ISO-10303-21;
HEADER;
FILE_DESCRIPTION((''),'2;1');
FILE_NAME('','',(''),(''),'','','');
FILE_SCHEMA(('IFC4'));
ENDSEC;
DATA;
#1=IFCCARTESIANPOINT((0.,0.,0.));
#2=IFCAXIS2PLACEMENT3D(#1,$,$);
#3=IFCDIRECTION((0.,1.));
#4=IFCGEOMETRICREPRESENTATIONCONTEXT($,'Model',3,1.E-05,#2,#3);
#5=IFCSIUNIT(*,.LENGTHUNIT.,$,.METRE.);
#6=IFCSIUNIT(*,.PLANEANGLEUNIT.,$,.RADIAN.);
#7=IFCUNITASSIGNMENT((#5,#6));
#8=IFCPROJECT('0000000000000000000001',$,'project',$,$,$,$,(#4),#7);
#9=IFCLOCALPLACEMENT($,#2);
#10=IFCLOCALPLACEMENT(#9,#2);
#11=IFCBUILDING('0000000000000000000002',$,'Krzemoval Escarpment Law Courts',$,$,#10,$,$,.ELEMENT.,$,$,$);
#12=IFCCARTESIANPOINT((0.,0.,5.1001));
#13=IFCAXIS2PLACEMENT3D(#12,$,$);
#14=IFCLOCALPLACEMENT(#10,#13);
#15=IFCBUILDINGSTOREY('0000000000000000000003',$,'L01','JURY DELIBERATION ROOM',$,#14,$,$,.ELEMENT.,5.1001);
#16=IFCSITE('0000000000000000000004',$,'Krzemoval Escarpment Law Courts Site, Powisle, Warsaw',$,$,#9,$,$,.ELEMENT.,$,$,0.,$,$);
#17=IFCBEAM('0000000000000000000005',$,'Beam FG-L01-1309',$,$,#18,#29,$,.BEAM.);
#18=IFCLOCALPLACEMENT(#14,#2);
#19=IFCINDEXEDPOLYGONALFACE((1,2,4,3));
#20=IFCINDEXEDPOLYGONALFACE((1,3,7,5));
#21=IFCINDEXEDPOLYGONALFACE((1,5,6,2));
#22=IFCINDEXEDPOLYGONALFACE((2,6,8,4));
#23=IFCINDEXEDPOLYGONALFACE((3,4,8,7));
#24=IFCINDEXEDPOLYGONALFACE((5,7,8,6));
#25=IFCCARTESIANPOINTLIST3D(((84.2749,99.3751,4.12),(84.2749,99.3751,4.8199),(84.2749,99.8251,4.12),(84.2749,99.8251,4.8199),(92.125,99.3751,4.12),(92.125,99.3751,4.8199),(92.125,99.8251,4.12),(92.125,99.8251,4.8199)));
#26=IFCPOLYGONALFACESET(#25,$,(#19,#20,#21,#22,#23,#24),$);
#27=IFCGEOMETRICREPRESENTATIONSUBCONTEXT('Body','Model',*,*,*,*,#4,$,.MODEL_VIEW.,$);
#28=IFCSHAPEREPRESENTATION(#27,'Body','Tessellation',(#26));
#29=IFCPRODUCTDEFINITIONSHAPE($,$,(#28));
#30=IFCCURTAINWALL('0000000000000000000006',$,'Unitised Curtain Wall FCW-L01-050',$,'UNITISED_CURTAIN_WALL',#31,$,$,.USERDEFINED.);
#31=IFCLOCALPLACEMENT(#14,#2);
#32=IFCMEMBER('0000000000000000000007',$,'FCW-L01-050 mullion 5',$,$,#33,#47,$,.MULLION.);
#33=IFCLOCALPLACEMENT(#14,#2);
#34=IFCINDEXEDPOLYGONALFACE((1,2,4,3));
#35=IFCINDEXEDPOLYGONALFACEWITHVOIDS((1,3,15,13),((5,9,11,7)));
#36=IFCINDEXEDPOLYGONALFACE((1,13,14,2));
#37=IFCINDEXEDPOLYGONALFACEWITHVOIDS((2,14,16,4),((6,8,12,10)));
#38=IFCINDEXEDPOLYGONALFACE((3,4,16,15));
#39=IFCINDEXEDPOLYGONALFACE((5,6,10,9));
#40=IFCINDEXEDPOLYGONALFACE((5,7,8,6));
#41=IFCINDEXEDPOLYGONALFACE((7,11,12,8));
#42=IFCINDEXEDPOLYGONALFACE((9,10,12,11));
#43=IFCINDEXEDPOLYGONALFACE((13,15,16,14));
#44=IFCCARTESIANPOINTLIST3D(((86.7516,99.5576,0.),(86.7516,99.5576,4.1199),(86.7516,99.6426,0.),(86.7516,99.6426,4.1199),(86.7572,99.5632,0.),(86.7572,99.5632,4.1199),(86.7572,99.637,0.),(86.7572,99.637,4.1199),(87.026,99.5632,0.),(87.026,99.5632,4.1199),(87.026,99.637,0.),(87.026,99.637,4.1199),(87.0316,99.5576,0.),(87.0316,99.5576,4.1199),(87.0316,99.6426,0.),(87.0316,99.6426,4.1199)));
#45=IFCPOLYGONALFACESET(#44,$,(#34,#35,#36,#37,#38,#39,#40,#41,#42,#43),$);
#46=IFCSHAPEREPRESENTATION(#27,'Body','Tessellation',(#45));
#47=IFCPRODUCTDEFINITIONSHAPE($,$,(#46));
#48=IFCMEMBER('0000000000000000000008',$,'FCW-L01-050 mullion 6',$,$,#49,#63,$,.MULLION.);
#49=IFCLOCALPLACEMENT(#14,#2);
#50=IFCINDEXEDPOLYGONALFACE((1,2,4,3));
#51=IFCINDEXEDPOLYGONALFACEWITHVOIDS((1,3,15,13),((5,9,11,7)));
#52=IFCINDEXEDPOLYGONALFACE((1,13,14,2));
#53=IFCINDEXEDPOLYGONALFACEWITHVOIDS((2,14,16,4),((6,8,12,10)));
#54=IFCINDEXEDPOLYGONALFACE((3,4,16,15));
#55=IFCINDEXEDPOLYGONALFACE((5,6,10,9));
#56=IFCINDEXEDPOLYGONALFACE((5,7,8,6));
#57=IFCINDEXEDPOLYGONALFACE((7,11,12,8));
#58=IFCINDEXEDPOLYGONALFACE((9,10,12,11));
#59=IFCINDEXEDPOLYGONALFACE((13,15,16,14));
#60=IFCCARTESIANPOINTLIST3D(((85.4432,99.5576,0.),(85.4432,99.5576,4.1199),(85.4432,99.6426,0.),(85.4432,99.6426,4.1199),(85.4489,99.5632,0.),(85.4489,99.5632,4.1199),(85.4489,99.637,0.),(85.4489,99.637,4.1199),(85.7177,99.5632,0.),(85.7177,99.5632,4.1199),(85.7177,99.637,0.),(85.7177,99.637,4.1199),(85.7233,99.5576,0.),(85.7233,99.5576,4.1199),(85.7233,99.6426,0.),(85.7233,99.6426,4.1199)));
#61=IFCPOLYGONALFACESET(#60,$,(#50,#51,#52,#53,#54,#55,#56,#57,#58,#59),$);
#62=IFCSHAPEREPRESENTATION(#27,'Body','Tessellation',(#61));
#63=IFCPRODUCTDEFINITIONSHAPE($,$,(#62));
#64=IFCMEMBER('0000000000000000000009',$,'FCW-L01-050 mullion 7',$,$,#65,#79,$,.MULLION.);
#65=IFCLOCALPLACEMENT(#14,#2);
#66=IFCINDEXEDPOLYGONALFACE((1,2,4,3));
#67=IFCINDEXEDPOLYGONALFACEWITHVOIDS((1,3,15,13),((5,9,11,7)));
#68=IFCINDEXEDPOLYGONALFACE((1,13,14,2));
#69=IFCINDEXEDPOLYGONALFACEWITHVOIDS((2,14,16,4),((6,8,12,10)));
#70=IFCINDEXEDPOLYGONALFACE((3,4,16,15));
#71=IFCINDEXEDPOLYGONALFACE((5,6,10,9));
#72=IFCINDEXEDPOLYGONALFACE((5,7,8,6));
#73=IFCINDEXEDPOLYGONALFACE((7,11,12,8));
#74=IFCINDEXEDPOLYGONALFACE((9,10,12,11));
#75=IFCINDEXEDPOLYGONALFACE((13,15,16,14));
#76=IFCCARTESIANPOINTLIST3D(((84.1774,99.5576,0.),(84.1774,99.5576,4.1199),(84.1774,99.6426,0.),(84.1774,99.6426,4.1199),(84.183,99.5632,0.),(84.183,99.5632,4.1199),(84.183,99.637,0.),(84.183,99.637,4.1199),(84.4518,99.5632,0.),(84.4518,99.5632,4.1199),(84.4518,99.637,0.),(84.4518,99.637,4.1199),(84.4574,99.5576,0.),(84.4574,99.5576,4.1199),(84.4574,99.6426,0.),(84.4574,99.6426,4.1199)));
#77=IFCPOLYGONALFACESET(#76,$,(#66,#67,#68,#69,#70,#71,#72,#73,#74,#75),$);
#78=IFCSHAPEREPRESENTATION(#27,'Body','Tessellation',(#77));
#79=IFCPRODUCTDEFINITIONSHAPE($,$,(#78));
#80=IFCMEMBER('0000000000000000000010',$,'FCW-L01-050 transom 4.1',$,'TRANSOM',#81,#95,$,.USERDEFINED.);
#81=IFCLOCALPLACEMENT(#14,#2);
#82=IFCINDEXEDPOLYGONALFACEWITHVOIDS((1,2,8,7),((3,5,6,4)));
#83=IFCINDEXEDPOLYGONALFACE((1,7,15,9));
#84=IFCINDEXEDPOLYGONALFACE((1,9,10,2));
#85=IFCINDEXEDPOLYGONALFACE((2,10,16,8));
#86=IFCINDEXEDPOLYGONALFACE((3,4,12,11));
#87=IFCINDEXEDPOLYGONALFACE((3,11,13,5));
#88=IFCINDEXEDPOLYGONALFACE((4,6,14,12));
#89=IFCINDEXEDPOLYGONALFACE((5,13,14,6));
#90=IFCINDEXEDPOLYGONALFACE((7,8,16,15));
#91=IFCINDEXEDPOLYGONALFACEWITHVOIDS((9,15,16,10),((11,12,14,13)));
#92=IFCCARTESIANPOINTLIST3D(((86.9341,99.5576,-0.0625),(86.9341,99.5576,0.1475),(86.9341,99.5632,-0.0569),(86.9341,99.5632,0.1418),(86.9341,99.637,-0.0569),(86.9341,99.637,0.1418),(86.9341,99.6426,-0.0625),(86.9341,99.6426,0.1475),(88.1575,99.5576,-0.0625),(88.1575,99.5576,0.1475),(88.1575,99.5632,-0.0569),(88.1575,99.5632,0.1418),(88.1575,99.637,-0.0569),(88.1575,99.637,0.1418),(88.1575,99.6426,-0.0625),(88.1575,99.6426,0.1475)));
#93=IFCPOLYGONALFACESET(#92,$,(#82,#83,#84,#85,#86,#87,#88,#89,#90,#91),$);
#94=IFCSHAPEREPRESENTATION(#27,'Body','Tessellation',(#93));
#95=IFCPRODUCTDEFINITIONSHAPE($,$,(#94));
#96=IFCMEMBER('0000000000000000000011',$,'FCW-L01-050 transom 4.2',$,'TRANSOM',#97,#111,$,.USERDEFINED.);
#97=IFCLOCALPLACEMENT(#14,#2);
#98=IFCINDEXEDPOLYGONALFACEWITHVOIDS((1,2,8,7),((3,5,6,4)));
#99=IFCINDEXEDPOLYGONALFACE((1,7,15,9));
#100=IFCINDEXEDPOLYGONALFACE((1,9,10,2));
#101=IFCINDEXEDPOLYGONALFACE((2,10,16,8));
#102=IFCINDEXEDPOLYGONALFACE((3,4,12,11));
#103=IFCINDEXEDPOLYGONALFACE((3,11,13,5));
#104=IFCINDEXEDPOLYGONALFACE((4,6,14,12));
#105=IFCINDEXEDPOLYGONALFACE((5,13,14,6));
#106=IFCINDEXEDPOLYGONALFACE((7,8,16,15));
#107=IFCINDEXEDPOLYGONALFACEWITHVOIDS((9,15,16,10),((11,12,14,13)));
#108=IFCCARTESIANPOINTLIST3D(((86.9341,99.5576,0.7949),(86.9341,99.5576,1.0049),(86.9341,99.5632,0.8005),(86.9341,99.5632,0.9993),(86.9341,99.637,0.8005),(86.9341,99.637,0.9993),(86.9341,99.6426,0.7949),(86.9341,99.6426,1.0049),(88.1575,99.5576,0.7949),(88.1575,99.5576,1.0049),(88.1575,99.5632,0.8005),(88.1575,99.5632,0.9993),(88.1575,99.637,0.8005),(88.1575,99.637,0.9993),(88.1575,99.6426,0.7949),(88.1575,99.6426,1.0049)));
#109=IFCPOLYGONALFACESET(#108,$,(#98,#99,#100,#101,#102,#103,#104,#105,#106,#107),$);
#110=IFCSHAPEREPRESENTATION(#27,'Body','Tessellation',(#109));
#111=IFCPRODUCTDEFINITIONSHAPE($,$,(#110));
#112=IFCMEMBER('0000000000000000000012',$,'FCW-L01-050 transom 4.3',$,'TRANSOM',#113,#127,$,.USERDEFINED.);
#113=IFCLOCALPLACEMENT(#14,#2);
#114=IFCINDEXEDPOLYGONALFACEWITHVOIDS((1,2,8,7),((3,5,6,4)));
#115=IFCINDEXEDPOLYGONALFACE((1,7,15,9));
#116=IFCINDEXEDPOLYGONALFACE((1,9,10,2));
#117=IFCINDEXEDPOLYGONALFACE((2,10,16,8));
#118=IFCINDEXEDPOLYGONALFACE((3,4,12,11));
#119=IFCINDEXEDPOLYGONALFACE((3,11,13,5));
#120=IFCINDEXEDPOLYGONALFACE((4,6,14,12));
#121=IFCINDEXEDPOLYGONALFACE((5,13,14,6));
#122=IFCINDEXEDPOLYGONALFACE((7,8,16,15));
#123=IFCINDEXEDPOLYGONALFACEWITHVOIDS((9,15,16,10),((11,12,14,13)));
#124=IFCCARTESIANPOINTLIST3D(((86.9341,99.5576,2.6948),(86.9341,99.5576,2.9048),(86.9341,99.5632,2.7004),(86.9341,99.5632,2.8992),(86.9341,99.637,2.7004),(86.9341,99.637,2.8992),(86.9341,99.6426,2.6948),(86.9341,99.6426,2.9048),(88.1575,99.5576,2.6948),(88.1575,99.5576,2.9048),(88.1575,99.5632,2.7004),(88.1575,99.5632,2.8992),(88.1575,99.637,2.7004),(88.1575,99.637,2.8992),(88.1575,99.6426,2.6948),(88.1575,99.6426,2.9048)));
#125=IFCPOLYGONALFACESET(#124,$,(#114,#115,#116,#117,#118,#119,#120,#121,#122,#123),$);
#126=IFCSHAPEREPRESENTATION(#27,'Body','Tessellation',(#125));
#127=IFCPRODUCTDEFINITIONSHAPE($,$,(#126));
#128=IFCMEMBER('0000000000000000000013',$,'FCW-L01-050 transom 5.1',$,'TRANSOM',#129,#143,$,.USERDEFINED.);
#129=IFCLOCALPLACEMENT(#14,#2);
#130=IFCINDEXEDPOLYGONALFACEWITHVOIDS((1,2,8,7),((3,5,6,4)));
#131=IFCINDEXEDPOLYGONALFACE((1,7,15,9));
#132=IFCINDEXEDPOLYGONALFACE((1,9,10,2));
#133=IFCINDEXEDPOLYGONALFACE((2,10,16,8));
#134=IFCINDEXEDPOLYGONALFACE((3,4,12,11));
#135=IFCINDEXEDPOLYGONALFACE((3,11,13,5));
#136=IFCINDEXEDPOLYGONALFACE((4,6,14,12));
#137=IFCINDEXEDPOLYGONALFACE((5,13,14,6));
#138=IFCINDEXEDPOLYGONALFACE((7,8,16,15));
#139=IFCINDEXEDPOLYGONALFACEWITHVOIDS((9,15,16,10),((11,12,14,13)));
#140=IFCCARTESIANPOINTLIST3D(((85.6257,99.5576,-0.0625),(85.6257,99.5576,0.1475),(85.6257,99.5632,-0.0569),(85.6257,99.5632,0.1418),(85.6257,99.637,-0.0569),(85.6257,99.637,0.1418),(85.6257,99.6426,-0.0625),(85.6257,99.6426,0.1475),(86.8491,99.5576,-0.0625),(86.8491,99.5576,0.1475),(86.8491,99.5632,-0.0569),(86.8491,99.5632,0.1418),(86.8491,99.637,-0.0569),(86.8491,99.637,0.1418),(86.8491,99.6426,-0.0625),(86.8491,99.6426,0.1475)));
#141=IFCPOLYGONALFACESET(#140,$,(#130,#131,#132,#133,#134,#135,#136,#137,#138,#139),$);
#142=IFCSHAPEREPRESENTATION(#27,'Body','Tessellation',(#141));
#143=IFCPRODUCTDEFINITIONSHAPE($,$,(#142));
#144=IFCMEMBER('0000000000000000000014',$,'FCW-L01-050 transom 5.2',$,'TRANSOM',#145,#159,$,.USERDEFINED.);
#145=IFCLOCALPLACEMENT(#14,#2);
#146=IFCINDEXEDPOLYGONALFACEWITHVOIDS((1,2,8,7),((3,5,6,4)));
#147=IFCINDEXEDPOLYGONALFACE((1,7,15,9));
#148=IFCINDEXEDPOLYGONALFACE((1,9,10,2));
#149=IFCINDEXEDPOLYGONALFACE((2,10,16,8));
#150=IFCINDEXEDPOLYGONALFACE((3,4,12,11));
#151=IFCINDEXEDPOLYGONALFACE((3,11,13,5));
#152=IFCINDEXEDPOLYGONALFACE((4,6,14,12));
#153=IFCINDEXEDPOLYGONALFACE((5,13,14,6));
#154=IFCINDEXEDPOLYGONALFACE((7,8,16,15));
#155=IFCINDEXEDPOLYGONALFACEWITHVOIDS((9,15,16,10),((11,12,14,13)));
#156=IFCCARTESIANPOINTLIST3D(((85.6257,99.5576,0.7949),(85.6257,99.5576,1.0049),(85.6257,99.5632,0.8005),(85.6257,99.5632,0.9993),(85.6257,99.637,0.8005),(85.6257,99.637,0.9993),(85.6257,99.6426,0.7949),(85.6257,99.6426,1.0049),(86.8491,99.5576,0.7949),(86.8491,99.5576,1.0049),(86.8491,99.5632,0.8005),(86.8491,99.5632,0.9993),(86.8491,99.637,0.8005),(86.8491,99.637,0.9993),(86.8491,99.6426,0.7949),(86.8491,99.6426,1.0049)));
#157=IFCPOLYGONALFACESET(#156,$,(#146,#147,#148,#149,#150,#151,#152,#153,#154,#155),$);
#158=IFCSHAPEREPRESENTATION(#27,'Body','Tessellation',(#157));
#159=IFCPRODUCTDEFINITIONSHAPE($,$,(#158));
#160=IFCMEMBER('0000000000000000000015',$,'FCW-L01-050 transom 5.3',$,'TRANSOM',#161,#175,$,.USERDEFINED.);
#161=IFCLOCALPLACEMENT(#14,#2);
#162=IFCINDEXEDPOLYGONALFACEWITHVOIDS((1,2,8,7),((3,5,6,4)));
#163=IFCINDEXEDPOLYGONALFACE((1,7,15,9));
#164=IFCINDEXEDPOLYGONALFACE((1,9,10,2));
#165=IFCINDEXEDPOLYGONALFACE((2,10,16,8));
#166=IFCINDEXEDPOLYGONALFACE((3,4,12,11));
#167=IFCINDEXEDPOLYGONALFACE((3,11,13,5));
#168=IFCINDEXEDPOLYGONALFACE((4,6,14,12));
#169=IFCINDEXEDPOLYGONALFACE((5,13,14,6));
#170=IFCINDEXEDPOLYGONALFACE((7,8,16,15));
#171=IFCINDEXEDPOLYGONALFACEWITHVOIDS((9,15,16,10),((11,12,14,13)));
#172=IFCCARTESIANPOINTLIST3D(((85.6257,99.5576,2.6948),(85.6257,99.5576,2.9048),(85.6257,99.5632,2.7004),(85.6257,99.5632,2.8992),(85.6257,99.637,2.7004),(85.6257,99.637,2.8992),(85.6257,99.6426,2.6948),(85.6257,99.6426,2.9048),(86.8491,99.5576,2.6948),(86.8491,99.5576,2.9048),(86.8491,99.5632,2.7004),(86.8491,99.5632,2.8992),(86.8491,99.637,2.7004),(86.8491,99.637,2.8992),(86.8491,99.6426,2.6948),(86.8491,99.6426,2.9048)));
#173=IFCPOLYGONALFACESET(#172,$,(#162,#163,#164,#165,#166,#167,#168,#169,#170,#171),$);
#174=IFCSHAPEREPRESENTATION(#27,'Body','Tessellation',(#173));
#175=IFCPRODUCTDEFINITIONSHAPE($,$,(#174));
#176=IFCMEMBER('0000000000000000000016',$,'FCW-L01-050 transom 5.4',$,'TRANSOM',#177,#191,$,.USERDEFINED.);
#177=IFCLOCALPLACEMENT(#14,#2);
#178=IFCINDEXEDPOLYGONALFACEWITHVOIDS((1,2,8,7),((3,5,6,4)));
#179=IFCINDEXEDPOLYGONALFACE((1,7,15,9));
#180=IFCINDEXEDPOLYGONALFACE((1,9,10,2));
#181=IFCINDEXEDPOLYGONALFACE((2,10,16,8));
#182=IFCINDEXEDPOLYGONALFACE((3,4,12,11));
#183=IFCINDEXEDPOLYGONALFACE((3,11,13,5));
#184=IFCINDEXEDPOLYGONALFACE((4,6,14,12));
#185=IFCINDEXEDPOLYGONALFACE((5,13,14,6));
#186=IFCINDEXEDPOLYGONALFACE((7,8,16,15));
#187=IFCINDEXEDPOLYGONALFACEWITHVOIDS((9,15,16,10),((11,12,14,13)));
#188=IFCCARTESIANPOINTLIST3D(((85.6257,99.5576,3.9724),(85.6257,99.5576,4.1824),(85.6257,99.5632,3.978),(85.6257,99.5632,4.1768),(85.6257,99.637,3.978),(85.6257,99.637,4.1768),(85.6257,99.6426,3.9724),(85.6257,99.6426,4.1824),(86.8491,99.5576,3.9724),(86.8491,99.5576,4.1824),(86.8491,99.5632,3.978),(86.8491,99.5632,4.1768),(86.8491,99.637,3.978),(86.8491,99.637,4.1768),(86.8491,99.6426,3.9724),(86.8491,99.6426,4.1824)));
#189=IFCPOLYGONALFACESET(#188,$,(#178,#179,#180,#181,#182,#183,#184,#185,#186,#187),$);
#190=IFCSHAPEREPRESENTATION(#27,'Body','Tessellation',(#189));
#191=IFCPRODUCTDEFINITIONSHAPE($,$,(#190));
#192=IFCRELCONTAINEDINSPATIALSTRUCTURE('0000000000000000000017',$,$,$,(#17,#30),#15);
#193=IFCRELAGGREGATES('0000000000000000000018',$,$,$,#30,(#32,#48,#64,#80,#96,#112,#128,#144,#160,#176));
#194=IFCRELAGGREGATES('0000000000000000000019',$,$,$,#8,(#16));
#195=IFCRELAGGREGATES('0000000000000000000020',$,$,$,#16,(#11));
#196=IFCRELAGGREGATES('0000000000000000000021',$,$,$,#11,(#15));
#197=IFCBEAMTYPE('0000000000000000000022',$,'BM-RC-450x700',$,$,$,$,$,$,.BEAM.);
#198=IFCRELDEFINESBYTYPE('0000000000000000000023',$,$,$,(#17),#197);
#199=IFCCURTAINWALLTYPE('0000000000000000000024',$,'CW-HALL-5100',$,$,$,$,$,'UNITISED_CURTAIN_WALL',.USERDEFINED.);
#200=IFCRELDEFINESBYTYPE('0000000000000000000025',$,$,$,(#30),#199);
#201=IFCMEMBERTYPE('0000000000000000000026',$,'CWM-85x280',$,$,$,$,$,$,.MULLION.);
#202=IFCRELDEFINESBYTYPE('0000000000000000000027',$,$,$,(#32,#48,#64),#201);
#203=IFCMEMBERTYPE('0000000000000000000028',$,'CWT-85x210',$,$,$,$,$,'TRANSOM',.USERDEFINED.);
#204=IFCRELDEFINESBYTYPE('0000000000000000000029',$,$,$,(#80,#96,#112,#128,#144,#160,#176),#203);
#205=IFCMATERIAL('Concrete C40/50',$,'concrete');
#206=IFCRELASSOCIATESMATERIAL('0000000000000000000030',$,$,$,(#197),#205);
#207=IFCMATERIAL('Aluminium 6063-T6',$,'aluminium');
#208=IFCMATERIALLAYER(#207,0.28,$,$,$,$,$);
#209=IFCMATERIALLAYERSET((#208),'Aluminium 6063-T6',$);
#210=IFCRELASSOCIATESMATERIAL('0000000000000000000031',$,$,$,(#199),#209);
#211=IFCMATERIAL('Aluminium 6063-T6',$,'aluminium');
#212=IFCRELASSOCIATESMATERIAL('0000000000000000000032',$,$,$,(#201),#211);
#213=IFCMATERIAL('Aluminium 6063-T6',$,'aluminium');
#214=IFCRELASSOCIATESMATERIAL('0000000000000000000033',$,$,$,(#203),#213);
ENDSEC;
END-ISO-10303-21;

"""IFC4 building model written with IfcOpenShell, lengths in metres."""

from ifc_helpers import new_model, si_unit, direction, frame, origin, origin_2d, place, context, subcontext, project, spatial, rectangle, hollow_rectangle, extrude, material, layer, layer_set, material_profile, profile_set, type_object, element, aggregate, save


model = new_model("IFC4")

# Units and contexts
model_context = context("Model", 3, precision=1e-05, world=origin(), true_north=direction((0.0, 1.0)))
body_context = subcontext(model_context, "Body", "Model", "MODEL_VIEW")
ifc_project = project(units=[si_unit("LENGTHUNIT", "METRE"), si_unit("PLANEANGLEUNIT", "RADIAN")], contexts=[model_context])

# Site, building, storey
site_placement = place(None, origin())
site = spatial("IfcSite", under=ifc_project, at=site_placement, Name="Krzemoval Escarpment Law Courts Site, Powisle, Warsaw", CompositionType="ELEMENT", RefElevation=0.0)
building_placement = place(site_placement, origin())
building = spatial("IfcBuilding", under=site, at=building_placement, Name="Krzemoval Escarpment Law Courts", CompositionType="ELEMENT")
storey_placement = place(building_placement, frame((0.0, 0.0, 5.1001)))
storey = spatial("IfcBuildingStorey", under=building, at=storey_placement, Name="L01", Description="JURY DELIBERATION ROOM", CompositionType="ELEMENT", Elevation=5.1001)

# Beam
ifc_material_1 = material(Name="Concrete C40/50", Category="concrete")
ifc_material_profile_1 = material_profile(ifc_material_1, rectangle(XDim=0.45, YDim=0.7, at=origin_2d()), Name="RCB 450x700")
ifc_profile_set_1 = profile_set([ifc_material_profile_1], Name="Concrete C40/50")
beam_type = type_object("IfcBeamType", Name="BM-RC-450x700", PredefinedType="BEAM", material=ifc_profile_set_1)
beam_placement = place(storey_placement, frame((84.2749, 99.6001, 4.47), z_axis=(1.0, 0.0, 0.0), x_axis=(0.0, 1.0, 0.0)))
element("IfcBeam", 1, at=beam_placement, inside=storey, type_object=beam_type, Name="Beam FG-L01-1309", PredefinedType="BEAM", context=body_context, shape_type="SweptSolid", body=[
    extrude(rectangle(XDim=0.45, YDim=0.7, at=origin_2d()), origin(), (0.0, 0.0, 1.0), 7.8501),
])

# Curtain wall, members
ifc_material_2 = material(Name="Aluminium 6063-T6", Category="aluminium")
ifc_layer_1 = layer(ifc_material_2, 0.28)
ifc_layer_set_1 = layer_set([ifc_layer_1], Name="Aluminium 6063-T6")
curtain_wall_type = type_object("IfcCurtainWallType", Name="CW-HALL-5100", ElementType="UNITISED_CURTAIN_WALL", PredefinedType="USERDEFINED", material=ifc_layer_set_1)
curtain_wall_placement = place(storey_placement, origin())
curtain_wall = element("IfcCurtainWall", 2, at=curtain_wall_placement, inside=storey, type_object=curtain_wall_type, Name="Unitised Curtain Wall FCW-L01-050", ObjectType="UNITISED_CURTAIN_WALL", PredefinedType="USERDEFINED")
ifc_material_3 = material(Name="Aluminium 6063-T6", Category="aluminium")
ifc_material_profile_2 = material_profile(ifc_material_3, hollow_rectangle(XDim=0.085, YDim=0.28, WallThickness=0.0056, at=origin_2d()), Name="ALU M85x280")
ifc_profile_set_2 = profile_set([ifc_material_profile_2], Name="Aluminium 6063-T6")
member_type_1 = type_object("IfcMemberType", Name="CWM-85x280", PredefinedType="MULLION", material=ifc_profile_set_2)
member_1_placement = place(storey_placement, frame((86.8916, 99.6001, 0.0), z_axis=(0.0, 0.0, 1.0), x_axis=(0.0, -1.0, 0.0)))
member_1 = element("IfcMember", 3, at=member_1_placement, type_object=member_type_1, Name="FCW-L01-050 mullion 5", PredefinedType="MULLION", context=body_context, shape_type="SweptSolid", body=[
    extrude(hollow_rectangle(XDim=0.085, YDim=0.28, WallThickness=0.0056, at=origin_2d()), origin(), (0.0, 0.0, 1.0), 4.1199),
])
member_2_placement = place(storey_placement, frame((85.5833, 99.6001, 0.0), z_axis=(0.0, 0.0, 1.0), x_axis=(0.0, -1.0, 0.0)))
member_2 = element("IfcMember", 4, at=member_2_placement, type_object=member_type_1, Name="FCW-L01-050 mullion 6", PredefinedType="MULLION", context=body_context, shape_type="SweptSolid", body=[
    extrude(hollow_rectangle(XDim=0.085, YDim=0.28, WallThickness=0.0056, at=origin_2d()), origin(), (0.0, 0.0, 1.0), 4.1199),
])
member_3_placement = place(storey_placement, frame((84.3174, 99.6001, 0.0), z_axis=(0.0, 0.0, 1.0), x_axis=(0.0, -1.0, 0.0)))
member_3 = element("IfcMember", 5, at=member_3_placement, type_object=member_type_1, Name="FCW-L01-050 mullion 7", PredefinedType="MULLION", context=body_context, shape_type="SweptSolid", body=[
    extrude(hollow_rectangle(XDim=0.085, YDim=0.28, WallThickness=0.0056, at=origin_2d()), origin(), (0.0, 0.0, 1.0), 4.1199),
])
ifc_material_4 = material(Name="Aluminium 6063-T6", Category="aluminium")
ifc_material_profile_3 = material_profile(ifc_material_4, hollow_rectangle(XDim=0.085, YDim=0.21, WallThickness=0.0056, at=origin_2d()), Name="ALU T85x210")
ifc_profile_set_3 = profile_set([ifc_material_profile_3], Name="Aluminium 6063-T6")
member_type_2 = type_object("IfcMemberType", Name="CWT-85x210", ElementType="TRANSOM", PredefinedType="USERDEFINED", material=ifc_profile_set_3)
member_4_placement = place(storey_placement, frame((88.1575, 99.6001, 0.0425), z_axis=(-1.0, 0.0, 0.0), x_axis=(0.0, -1.0, 0.0)))
member_4 = element("IfcMember", 6, at=member_4_placement, type_object=member_type_2, Name="FCW-L01-050 transom 4.1", ObjectType="TRANSOM", PredefinedType="USERDEFINED", context=body_context, shape_type="SweptSolid", body=[
    extrude(hollow_rectangle(XDim=0.085, YDim=0.21, WallThickness=0.0056, at=origin_2d()), origin(), (0.0, 0.0, 1.0), 1.2234),
])
member_5_placement = place(storey_placement, frame((88.1575, 99.6001, 0.8999), z_axis=(-1.0, 0.0, 0.0), x_axis=(0.0, -1.0, 0.0)))
member_5 = element("IfcMember", 7, at=member_5_placement, type_object=member_type_2, Name="FCW-L01-050 transom 4.2", ObjectType="TRANSOM", PredefinedType="USERDEFINED", context=body_context, shape_type="SweptSolid", body=[
    extrude(hollow_rectangle(XDim=0.085, YDim=0.21, WallThickness=0.0056, at=origin_2d()), origin(), (0.0, 0.0, 1.0), 1.2234),
])
member_6_placement = place(storey_placement, frame((88.1575, 99.6001, 2.7998), z_axis=(-1.0, 0.0, 0.0), x_axis=(0.0, -1.0, 0.0)))
member_6 = element("IfcMember", 8, at=member_6_placement, type_object=member_type_2, Name="FCW-L01-050 transom 4.3", ObjectType="TRANSOM", PredefinedType="USERDEFINED", context=body_context, shape_type="SweptSolid", body=[
    extrude(hollow_rectangle(XDim=0.085, YDim=0.21, WallThickness=0.0056, at=origin_2d()), origin(), (0.0, 0.0, 1.0), 1.2234),
])
member_7_placement = place(storey_placement, frame((86.8491, 99.6001, 0.0425), z_axis=(-1.0, 0.0, 0.0), x_axis=(0.0, -1.0, 0.0)))
member_7 = element("IfcMember", 9, at=member_7_placement, type_object=member_type_2, Name="FCW-L01-050 transom 5.1", ObjectType="TRANSOM", PredefinedType="USERDEFINED", context=body_context, shape_type="SweptSolid", body=[
    extrude(hollow_rectangle(XDim=0.085, YDim=0.21, WallThickness=0.0056, at=origin_2d()), origin(), (0.0, 0.0, 1.0), 1.2234),
])
member_8_placement = place(storey_placement, frame((86.8491, 99.6001, 0.8999), z_axis=(-1.0, 0.0, 0.0), x_axis=(0.0, -1.0, 0.0)))
member_8 = element("IfcMember", 10, at=member_8_placement, type_object=member_type_2, Name="FCW-L01-050 transom 5.2", ObjectType="TRANSOM", PredefinedType="USERDEFINED", context=body_context, shape_type="SweptSolid", body=[
    extrude(hollow_rectangle(XDim=0.085, YDim=0.21, WallThickness=0.0056, at=origin_2d()), origin(), (0.0, 0.0, 1.0), 1.2234),
])
member_9_placement = place(storey_placement, frame((86.8491, 99.6001, 2.7998), z_axis=(-1.0, 0.0, 0.0), x_axis=(0.0, -1.0, 0.0)))
member_9 = element("IfcMember", 11, at=member_9_placement, type_object=member_type_2, Name="FCW-L01-050 transom 5.3", ObjectType="TRANSOM", PredefinedType="USERDEFINED", context=body_context, shape_type="SweptSolid", body=[
    extrude(hollow_rectangle(XDim=0.085, YDim=0.21, WallThickness=0.0056, at=origin_2d()), origin(), (0.0, 0.0, 1.0), 1.2234),
])
member_10_placement = place(storey_placement, frame((86.8491, 99.6001, 4.0774), z_axis=(-1.0, 0.0, 0.0), x_axis=(0.0, -1.0, 0.0)))
member_10 = element("IfcMember", 12, at=member_10_placement, type_object=member_type_2, Name="FCW-L01-050 transom 5.4", ObjectType="TRANSOM", PredefinedType="USERDEFINED", context=body_context, shape_type="SweptSolid", body=[
    extrude(hollow_rectangle(XDim=0.085, YDim=0.21, WallThickness=0.0056, at=origin_2d()), origin(), (0.0, 0.0, 1.0), 1.2234),
])

aggregate(curtain_wall, [member_1, member_2, member_3, member_4, member_5, member_6, member_7, member_8, member_9, member_10])

save(model, "model.ifc")
